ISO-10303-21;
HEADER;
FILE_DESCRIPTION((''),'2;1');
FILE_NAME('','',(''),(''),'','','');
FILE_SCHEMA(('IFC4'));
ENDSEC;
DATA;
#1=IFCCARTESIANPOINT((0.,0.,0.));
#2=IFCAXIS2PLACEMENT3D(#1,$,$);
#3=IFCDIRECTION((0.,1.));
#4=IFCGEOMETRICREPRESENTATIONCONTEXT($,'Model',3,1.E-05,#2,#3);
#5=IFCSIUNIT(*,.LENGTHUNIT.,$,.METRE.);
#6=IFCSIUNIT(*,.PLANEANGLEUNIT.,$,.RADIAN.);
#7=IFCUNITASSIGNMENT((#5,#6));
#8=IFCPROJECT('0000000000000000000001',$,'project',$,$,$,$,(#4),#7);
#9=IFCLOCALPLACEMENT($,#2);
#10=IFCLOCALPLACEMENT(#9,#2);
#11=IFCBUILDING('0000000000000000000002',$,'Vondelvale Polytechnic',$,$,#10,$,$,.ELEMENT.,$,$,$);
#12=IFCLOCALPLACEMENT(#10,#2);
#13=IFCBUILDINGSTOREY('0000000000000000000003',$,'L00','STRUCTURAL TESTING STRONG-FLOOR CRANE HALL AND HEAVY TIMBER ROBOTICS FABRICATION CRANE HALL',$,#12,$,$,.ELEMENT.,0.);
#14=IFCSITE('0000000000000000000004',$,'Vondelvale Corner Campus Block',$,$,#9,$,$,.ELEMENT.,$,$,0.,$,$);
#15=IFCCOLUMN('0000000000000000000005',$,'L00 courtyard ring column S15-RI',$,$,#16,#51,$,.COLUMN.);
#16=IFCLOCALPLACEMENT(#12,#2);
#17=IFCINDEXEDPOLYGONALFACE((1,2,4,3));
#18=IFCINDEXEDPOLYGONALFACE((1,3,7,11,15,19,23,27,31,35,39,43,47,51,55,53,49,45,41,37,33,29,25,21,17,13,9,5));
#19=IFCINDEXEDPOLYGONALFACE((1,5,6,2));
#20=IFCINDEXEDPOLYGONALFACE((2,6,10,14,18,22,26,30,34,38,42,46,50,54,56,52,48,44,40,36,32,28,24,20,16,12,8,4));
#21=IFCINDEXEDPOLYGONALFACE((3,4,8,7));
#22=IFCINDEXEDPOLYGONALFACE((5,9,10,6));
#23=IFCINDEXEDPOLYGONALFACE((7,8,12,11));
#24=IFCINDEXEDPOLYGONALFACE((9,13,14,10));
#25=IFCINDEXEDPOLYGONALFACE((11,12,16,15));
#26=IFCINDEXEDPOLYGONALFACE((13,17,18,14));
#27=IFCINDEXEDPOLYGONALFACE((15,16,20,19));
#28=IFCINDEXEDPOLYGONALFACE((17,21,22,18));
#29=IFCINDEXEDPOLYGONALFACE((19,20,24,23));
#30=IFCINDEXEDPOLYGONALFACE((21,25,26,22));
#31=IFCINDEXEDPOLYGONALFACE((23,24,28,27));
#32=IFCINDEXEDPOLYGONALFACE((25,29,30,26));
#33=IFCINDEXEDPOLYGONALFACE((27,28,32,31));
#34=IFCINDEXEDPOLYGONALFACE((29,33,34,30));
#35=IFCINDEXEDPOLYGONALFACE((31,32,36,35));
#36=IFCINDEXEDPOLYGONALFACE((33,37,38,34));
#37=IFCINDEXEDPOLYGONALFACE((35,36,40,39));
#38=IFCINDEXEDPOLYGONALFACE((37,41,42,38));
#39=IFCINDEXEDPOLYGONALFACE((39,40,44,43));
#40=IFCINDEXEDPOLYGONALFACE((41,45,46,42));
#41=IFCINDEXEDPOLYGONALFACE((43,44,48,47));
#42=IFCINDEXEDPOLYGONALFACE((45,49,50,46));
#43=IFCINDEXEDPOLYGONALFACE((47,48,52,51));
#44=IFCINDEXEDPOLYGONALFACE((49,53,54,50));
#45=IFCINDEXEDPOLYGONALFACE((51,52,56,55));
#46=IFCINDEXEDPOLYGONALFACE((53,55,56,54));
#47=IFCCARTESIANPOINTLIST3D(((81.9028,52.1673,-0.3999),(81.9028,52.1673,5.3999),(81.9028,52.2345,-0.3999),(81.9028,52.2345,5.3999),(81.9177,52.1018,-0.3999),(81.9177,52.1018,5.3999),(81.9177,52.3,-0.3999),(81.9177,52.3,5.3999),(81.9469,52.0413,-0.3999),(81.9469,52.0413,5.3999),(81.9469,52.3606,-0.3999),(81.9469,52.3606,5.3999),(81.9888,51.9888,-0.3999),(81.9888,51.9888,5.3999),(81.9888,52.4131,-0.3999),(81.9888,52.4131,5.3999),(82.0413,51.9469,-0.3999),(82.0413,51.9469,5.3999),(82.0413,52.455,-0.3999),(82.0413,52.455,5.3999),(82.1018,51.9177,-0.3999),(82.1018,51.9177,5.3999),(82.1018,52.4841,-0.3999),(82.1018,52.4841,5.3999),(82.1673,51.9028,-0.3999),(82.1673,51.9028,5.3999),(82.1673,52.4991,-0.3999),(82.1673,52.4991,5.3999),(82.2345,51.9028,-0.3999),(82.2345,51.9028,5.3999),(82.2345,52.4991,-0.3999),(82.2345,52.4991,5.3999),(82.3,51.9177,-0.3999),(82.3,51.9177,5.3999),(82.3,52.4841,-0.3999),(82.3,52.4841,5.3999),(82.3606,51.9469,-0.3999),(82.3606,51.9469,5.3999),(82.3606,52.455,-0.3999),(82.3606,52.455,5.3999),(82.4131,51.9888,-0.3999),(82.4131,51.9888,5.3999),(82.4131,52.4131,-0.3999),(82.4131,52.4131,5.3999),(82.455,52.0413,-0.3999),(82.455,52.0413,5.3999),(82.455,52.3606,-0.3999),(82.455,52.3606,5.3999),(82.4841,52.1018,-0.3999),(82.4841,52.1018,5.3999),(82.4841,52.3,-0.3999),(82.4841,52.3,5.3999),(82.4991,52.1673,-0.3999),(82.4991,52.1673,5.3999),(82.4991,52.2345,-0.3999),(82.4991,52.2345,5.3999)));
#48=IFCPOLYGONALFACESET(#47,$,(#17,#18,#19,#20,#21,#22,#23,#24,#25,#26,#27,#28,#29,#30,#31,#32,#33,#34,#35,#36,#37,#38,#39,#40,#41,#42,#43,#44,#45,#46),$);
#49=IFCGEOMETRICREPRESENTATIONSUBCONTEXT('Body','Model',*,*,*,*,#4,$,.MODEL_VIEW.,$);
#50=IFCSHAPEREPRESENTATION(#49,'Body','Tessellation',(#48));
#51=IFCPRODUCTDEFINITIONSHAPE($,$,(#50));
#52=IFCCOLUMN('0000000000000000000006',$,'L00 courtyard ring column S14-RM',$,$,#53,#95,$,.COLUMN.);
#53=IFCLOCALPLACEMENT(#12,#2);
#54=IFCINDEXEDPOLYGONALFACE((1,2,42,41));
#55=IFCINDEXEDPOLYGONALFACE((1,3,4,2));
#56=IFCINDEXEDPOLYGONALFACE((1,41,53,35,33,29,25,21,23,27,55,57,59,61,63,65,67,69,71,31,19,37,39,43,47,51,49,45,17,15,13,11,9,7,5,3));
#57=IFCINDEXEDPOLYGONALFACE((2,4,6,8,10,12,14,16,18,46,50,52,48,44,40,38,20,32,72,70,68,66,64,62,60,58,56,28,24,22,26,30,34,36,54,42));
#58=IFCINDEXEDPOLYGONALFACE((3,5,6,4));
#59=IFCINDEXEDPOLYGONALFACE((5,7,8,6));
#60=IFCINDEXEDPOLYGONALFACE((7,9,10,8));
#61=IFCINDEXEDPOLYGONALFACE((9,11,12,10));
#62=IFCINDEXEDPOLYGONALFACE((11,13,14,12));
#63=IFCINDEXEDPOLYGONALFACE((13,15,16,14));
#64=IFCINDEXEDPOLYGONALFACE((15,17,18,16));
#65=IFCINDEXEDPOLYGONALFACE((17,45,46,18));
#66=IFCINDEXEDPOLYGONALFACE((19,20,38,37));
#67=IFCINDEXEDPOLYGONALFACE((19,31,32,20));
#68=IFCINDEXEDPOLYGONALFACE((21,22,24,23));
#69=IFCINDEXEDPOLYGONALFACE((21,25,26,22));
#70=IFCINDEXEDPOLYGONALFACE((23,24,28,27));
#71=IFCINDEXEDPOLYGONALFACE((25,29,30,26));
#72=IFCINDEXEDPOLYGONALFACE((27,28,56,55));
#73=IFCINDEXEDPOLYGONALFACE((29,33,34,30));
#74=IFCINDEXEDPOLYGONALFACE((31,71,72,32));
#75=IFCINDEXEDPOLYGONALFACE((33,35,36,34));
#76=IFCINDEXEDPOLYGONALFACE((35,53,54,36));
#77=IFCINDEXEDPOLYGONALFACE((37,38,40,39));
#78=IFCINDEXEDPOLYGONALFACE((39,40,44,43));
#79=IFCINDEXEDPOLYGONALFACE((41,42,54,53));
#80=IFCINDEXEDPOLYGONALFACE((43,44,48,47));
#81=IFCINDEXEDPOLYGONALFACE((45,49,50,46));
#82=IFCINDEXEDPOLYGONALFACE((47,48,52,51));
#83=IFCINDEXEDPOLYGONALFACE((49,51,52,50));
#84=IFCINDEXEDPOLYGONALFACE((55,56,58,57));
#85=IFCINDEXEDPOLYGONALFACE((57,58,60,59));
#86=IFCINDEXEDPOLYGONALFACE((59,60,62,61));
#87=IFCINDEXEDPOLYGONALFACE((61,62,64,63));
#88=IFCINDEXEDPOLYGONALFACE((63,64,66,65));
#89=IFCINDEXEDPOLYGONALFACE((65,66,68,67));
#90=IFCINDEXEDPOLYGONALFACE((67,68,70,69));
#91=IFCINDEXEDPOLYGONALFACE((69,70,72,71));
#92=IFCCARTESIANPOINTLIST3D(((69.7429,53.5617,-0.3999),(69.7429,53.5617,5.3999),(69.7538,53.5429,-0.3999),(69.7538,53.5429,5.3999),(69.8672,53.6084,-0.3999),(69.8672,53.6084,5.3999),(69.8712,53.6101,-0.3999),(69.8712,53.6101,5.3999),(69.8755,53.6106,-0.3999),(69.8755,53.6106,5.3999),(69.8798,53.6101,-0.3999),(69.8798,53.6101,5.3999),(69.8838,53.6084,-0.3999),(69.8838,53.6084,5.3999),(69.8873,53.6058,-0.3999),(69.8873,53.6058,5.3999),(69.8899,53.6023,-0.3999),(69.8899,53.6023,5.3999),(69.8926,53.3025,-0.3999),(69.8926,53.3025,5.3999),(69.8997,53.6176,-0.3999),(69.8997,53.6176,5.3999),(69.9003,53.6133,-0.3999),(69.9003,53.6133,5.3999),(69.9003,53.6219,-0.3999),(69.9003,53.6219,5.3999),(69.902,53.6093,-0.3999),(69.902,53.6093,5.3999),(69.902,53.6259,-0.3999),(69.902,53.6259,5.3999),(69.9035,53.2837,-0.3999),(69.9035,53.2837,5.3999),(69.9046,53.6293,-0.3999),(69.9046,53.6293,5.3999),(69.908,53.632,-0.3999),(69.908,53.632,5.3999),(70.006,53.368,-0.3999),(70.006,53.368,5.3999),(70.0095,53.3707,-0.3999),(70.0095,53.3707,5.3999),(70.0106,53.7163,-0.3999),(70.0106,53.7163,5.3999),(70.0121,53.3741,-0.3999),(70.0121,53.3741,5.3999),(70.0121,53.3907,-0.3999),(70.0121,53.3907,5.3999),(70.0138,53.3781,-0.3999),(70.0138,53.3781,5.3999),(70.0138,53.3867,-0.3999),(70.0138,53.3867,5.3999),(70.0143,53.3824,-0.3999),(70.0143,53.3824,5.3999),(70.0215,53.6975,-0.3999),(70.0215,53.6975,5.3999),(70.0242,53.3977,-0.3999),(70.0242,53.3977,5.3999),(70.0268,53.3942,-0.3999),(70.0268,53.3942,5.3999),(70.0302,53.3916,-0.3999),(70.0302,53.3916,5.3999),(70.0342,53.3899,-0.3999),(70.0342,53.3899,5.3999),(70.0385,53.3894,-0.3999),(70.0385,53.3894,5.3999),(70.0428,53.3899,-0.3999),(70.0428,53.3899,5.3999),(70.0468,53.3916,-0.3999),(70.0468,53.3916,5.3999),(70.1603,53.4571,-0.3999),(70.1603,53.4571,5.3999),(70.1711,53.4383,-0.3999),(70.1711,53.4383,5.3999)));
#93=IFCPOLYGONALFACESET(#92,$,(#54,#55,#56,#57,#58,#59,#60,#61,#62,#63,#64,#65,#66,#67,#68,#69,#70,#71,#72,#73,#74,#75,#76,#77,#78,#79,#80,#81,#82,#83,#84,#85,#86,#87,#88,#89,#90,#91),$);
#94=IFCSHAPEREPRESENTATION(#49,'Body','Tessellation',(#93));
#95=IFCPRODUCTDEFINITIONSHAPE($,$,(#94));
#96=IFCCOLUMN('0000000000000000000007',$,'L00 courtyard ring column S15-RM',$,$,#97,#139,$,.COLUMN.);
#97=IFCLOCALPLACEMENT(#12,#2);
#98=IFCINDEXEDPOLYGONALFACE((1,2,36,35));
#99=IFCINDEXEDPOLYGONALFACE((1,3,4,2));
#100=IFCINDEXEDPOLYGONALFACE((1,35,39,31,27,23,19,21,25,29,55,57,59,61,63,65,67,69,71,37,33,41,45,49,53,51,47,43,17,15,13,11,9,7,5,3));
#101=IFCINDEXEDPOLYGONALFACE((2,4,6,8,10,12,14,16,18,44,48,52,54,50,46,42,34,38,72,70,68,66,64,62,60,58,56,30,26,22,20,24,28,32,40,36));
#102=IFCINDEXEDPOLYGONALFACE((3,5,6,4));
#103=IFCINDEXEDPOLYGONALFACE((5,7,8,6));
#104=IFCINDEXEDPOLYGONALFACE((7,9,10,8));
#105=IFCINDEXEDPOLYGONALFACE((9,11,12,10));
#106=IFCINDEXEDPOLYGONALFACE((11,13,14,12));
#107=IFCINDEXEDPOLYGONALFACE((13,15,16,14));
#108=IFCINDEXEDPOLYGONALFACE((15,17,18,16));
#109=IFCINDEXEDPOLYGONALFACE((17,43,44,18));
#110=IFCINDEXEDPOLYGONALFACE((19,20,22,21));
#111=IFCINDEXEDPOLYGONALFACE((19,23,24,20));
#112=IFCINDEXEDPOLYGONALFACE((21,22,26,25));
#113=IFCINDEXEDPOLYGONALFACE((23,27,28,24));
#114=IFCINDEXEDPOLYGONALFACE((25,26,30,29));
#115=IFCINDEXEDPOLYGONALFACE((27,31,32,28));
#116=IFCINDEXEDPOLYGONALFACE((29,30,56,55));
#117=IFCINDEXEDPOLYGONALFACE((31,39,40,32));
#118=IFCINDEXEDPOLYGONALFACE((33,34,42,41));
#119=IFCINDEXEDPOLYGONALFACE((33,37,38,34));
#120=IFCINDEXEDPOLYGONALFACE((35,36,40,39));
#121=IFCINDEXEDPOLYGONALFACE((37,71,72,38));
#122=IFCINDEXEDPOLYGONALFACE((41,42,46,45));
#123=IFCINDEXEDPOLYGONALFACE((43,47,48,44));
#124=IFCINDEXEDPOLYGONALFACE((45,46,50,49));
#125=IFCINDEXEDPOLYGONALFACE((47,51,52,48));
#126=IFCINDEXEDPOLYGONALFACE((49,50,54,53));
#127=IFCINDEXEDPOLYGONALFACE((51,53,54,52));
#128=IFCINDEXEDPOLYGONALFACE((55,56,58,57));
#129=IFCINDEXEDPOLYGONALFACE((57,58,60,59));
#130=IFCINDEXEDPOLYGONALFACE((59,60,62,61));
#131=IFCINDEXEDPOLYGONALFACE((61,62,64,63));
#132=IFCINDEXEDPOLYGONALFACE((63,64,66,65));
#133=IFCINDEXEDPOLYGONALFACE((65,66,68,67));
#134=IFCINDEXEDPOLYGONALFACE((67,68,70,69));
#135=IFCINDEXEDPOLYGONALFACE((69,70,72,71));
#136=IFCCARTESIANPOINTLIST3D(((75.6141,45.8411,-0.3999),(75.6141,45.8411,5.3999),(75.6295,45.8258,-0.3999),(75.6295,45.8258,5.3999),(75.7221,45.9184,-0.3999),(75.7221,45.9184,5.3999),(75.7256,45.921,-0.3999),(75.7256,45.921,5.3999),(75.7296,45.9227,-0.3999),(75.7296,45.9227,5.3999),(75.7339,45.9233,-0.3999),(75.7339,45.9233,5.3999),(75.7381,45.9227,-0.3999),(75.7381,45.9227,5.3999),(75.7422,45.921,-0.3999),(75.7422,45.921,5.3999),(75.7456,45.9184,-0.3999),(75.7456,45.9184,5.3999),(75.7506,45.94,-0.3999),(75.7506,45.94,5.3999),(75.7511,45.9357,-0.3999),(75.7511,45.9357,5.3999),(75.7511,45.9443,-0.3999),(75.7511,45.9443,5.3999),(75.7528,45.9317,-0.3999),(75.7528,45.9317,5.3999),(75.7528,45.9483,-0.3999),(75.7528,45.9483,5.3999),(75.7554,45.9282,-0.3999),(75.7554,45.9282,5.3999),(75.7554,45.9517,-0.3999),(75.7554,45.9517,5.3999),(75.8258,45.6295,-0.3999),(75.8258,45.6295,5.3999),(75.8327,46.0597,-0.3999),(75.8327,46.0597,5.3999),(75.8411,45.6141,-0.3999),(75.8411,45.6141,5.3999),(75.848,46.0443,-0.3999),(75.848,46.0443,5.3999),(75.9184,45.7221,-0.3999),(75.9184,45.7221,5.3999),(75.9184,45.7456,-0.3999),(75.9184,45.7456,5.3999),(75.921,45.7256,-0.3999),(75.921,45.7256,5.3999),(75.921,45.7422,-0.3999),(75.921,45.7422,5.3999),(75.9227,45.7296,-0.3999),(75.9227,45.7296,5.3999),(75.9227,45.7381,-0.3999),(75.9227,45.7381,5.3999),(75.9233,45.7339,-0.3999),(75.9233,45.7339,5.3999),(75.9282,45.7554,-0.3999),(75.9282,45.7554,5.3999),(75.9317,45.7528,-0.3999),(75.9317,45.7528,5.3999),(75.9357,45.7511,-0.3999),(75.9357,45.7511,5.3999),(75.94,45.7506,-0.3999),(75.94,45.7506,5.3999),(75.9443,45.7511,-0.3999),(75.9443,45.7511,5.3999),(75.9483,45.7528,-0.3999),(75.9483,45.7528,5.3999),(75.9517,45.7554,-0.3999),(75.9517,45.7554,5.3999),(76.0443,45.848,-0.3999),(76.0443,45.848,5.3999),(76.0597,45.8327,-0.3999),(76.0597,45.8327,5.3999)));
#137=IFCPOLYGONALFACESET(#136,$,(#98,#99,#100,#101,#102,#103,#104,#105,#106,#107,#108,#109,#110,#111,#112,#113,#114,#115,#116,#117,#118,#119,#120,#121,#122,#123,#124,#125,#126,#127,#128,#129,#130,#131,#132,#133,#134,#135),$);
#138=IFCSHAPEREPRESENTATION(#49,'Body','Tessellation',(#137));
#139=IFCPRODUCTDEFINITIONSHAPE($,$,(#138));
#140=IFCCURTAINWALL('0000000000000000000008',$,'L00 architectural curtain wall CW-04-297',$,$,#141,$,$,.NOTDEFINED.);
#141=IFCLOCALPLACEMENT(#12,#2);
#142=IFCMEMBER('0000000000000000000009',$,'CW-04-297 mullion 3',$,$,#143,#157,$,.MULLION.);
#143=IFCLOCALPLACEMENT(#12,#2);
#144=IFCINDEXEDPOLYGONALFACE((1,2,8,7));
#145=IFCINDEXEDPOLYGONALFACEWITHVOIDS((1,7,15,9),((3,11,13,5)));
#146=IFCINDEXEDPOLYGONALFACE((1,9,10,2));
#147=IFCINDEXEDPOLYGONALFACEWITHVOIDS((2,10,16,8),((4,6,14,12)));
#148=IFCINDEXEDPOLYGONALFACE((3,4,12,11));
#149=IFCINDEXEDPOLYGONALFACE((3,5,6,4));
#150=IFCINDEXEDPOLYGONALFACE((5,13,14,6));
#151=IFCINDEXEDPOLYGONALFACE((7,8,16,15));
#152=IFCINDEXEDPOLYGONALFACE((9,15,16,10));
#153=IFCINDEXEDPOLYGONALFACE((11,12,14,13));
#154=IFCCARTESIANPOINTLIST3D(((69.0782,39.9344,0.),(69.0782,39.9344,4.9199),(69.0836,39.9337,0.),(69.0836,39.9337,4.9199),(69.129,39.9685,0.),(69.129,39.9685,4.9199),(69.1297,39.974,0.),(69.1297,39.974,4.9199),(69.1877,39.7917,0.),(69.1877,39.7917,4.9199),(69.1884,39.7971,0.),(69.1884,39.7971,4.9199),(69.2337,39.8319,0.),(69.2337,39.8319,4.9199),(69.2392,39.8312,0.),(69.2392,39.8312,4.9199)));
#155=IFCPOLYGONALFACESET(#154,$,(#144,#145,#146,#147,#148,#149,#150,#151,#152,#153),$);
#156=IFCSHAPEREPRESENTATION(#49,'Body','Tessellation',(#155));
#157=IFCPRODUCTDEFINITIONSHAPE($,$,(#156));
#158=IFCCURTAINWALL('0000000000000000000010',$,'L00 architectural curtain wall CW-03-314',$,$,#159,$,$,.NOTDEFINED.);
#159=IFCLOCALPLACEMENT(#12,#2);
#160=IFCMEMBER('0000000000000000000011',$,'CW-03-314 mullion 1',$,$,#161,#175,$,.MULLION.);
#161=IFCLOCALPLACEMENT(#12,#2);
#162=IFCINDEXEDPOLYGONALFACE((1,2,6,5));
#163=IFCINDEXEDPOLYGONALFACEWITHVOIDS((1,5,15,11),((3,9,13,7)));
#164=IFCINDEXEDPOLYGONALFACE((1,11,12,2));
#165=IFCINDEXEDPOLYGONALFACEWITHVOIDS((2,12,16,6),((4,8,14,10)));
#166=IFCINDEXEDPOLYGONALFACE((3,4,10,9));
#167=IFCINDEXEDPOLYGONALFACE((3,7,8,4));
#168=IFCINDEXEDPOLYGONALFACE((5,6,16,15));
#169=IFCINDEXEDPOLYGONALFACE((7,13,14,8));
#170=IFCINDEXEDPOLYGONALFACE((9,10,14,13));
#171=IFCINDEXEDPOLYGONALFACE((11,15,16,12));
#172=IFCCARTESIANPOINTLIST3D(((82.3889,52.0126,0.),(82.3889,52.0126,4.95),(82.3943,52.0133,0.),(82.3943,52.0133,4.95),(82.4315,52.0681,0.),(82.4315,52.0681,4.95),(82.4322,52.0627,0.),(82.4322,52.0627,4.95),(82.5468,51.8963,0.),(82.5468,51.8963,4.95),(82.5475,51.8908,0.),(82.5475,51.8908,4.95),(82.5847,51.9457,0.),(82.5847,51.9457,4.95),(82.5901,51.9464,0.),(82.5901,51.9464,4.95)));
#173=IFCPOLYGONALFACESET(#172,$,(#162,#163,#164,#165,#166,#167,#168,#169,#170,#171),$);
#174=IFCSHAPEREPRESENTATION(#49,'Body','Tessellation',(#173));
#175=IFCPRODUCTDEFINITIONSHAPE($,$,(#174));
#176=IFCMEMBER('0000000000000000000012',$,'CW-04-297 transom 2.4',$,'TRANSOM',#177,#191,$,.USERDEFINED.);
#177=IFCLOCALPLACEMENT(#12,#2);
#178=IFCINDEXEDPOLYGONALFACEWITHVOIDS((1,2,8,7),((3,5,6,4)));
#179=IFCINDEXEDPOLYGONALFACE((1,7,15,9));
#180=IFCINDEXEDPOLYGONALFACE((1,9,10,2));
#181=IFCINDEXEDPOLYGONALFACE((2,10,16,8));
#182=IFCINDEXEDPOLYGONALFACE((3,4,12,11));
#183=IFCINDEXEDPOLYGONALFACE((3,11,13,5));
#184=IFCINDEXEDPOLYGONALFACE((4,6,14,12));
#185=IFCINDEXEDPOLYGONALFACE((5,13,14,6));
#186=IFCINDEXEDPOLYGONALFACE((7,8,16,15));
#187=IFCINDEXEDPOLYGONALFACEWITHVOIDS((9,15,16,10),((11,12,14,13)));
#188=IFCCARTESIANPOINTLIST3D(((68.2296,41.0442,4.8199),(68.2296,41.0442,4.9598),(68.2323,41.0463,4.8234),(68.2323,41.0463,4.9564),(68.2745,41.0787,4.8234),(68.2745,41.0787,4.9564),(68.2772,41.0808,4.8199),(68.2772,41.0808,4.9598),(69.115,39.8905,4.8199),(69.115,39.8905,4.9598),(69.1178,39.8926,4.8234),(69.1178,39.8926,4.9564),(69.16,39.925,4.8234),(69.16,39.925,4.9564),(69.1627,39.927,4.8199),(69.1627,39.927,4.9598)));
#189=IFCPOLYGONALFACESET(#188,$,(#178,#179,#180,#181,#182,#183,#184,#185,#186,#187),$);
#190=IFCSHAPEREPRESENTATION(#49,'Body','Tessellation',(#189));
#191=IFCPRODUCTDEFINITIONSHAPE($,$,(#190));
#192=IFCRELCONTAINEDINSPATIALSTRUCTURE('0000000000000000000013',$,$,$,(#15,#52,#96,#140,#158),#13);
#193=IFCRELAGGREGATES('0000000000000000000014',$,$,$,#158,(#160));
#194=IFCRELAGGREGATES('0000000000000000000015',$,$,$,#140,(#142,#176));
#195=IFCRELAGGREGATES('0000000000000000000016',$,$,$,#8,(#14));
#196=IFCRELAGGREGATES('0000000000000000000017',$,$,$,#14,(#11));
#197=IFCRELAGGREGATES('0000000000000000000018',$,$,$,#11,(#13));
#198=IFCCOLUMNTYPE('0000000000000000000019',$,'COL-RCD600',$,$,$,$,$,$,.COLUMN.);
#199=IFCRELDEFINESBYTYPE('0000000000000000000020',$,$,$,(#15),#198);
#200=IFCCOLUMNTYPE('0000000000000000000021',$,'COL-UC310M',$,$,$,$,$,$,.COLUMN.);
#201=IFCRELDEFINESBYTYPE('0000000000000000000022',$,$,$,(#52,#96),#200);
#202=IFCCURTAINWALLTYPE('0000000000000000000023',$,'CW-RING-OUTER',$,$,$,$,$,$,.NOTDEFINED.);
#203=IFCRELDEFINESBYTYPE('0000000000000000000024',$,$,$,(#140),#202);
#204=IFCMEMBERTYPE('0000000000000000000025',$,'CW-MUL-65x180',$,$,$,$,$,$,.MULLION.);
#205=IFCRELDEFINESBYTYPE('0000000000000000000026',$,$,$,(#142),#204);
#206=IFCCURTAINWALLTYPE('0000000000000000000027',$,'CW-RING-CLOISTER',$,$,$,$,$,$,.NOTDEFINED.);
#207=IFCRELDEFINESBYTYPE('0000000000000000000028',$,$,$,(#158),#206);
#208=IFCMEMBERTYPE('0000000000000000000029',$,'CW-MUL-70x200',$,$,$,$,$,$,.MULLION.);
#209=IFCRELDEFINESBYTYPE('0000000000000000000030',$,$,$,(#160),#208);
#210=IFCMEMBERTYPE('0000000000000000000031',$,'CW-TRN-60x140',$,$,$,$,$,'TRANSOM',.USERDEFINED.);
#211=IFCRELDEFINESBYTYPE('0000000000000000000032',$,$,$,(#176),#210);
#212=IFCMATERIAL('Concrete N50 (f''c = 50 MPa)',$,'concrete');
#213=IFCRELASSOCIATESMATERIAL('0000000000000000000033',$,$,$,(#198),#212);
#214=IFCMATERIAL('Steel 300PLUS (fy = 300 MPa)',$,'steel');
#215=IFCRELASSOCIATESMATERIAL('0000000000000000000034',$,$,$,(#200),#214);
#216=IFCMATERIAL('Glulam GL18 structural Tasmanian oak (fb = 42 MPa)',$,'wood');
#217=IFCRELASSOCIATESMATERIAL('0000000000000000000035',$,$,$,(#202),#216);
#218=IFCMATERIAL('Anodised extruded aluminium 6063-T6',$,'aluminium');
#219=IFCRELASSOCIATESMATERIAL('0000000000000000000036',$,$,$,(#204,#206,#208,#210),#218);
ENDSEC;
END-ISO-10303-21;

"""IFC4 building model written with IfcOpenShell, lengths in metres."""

from ifc_helpers import new_model, si_unit, direction, frame, origin, origin_2d, place, context, subcontext, project, spatial, hollow_rectangle, circle, i_section, extrude, material, material_profile, profile_set, type_object, element, aggregate, save


model = new_model("IFC4")

# Units and contexts
model_context = context("Model", 3, precision=1e-05, world=origin(), true_north=direction((0.0, 1.0)))
body_context = subcontext(model_context, "Body", "Model", "MODEL_VIEW")
ifc_project = project(units=[si_unit("LENGTHUNIT", "METRE"), si_unit("PLANEANGLEUNIT", "RADIAN")], contexts=[model_context])

# Site, building, storey
site_placement = place(None, origin())
site = spatial("IfcSite", under=ifc_project, at=site_placement, Name="Vondelvale Corner Campus Block", CompositionType="ELEMENT", RefElevation=0.0)
building_placement = place(site_placement, origin())
building = spatial("IfcBuilding", under=site, at=building_placement, Name="Vondelvale Polytechnic", CompositionType="ELEMENT")
storey_placement = place(building_placement, origin())
storey = spatial("IfcBuildingStorey", under=building, at=storey_placement, Name="L00", Description="STRUCTURAL TESTING STRONG-FLOOR CRANE HALL AND HEAVY TIMBER ROBOTICS FABRICATION CRANE HALL", CompositionType="ELEMENT", Elevation=0.0)

# Columns
ifc_material_1 = material(Name="Concrete N50 (f'c = 50 MPa)", Category="concrete")
ifc_material_profile_1 = material_profile(ifc_material_1, circle(Radius=0.3, at=origin_2d()), Name="RC-COL-D600")
ifc_profile_set_1 = profile_set([ifc_material_profile_1], Name="Concrete N50 (f'c = 50 MPa)")
column_type_1 = type_object("IfcColumnType", Name="COL-RCD600", PredefinedType="COLUMN", material=ifc_profile_set_1)
column_1_placement = place(storey_placement, frame((82.2009, 52.2009, -0.3999), z_axis=(0.0, 0.0, 1.0), x_axis=(0.707107, 0.707107, 0.0)))
element("IfcColumn", 1, at=column_1_placement, inside=storey, type_object=column_type_1, Name="L00 courtyard ring column S15-RI", PredefinedType="COLUMN", context=body_context, shape_type="SweptSolid", body=[
    extrude(circle(Radius=0.3, at=origin_2d()), origin(), (0.0, 0.0, 1.0), 5.7998),
])
ifc_material_2 = material(Name="Steel 300PLUS (fy = 300 MPa)", Category="steel")
ifc_material_profile_2 = material_profile(ifc_material_2, i_section(OverallWidth=0.3091, OverallDepth=0.321, WebThickness=0.0139, FlangeThickness=0.0217, FilletRadius=0.0166, at=origin_2d()), Name="310UC137")
ifc_profile_set_2 = profile_set([ifc_material_profile_2], Name="Steel 300PLUS (fy = 300 MPa)")
column_type_2 = type_object("IfcColumnType", Name="COL-UC310M", PredefinedType="COLUMN", material=ifc_profile_set_2)
for number, where, z_axis, x_axis, name in (
    (2, (69.957, 53.5, -0.3999), (0.0, 0.0, 1.0), (0.866025, 0.5, 0.0), "L00 courtyard ring column S14-RM"),
    (3, (75.8369, 45.8369, -0.3999), (0.0, 0.0, 1.0), (0.707107, 0.707107, 0.0), "L00 courtyard ring column S15-RM"),
):
    element("IfcColumn", number, at=place(storey_placement, frame(where, z_axis=z_axis, x_axis=x_axis)), inside=storey, type_object=column_type_2, Name=name, PredefinedType="COLUMN", context=body_context, shape_type="SweptSolid", body=[
        extrude(i_section(OverallWidth=0.3091, OverallDepth=0.321, WebThickness=0.0139, FlangeThickness=0.0217, FilletRadius=0.0166, at=origin_2d()), origin(), (0.0, 0.0, 1.0), 5.7998),
    ])

# Curtain walls, members
ifc_material_3 = material(Name="Glulam GL18 structural Tasmanian oak (fb = 42 MPa)", Category="wood")
curtain_wall_type_1 = type_object("IfcCurtainWallType", Name="CW-RING-OUTER", PredefinedType="NOTDEFINED", material=ifc_material_3)
curtain_wall_1_placement = place(storey_placement, origin())
curtain_wall_1 = element("IfcCurtainWall", 4, at=curtain_wall_1_placement, inside=storey, type_object=curtain_wall_type_1, Name="L00 architectural curtain wall CW-04-297", PredefinedType="NOTDEFINED")
ifc_material_4 = material(Name="Anodised extruded aluminium 6063-T6", Category="aluminium")
ifc_material_profile_3 = material_profile(ifc_material_4, hollow_rectangle(XDim=0.0649, YDim=0.1799, WallThickness=0.0039, at=origin_2d()), Name="CW-MUL-180x65")
ifc_profile_set_3 = profile_set([ifc_material_profile_3], Name="Anodised extruded aluminium 6063-T6")
member_type_1 = type_object("IfcMemberType", Name="CW-MUL-65x180", PredefinedType="MULLION", material=ifc_profile_set_3)
member_1_placement = place(storey_placement, frame((69.1587, 39.8828, 0.0), z_axis=(0.0, 0.0, 1.0), x_axis=(0.793352, 0.608764, 0.0)))
member_1 = element("IfcMember", 5, at=member_1_placement, type_object=member_type_1, Name="CW-04-297 mullion 3", PredefinedType="MULLION", context=body_context, shape_type="SweptSolid", body=[
    extrude(hollow_rectangle(XDim=0.0649, YDim=0.1799, WallThickness=0.0039, at=origin_2d()), origin(), (0.0, 0.0, 1.0), 4.9199),
])
curtain_wall_type_2 = type_object("IfcCurtainWallType", Name="CW-RING-CLOISTER", PredefinedType="NOTDEFINED", material=ifc_material_4)
curtain_wall_2_placement = place(storey_placement, origin())
curtain_wall_2 = element("IfcCurtainWall", 6, at=curtain_wall_2_placement, inside=storey, type_object=curtain_wall_type_2, Name="L00 architectural curtain wall CW-03-314", PredefinedType="NOTDEFINED")
ifc_material_profile_4 = material_profile(ifc_material_4, hollow_rectangle(XDim=0.0701, YDim=0.2, WallThickness=0.0039, at=origin_2d()), Name="CW-MUL-200x70")
ifc_profile_set_4 = profile_set([ifc_material_profile_4], Name="Anodised extruded aluminium 6063-T6")
member_type_2 = type_object("IfcMemberType", Name="CW-MUL-70x200", PredefinedType="MULLION", material=ifc_profile_set_4)
member_2_placement = place(storey_placement, frame((82.4895, 51.9795, 0.0), z_axis=(0.0, 0.0, 1.0), x_axis=(0.608748, 0.793364, 0.0)))
member_2 = element("IfcMember", 7, at=member_2_placement, type_object=member_type_2, Name="CW-03-314 mullion 1", PredefinedType="MULLION", context=body_context, shape_type="SweptSolid", body=[
    extrude(hollow_rectangle(XDim=0.0701, YDim=0.2, WallThickness=0.0039, at=origin_2d()), origin(), (0.0, 0.0, 1.0), 4.95),
])

# Member
ifc_material_profile_5 = material_profile(ifc_material_4, hollow_rectangle(XDim=0.0601, YDim=0.1399, WallThickness=0.0034, at=origin_2d()), Name="CW-TRN-140x60")
ifc_profile_set_5 = profile_set([ifc_material_profile_5], Name="Anodised extruded aluminium 6063-T6")
member_type_3 = type_object("IfcMemberType", Name="CW-TRN-60x140", ElementType="TRANSOM", PredefinedType="USERDEFINED", material=ifc_profile_set_5)
member_3_placement = place(storey_placement, frame((68.2534, 41.0625, 4.8899), z_axis=(0.608826, -0.793304, 0.0), x_axis=(0.793304, 0.608826, 0.0)))
member_3 = element("IfcMember", 8, at=member_3_placement, type_object=member_type_3, Name="CW-04-297 transom 2.4", ObjectType="TRANSOM", PredefinedType="USERDEFINED", context=body_context, shape_type="SweptSolid", body=[
    extrude(hollow_rectangle(XDim=0.0601, YDim=0.1399, WallThickness=0.0034, at=origin_2d()), origin(), (0.0, 0.0, 1.0), 1.4543),
])
aggregate(curtain_wall_2, [member_2])

aggregate(curtain_wall_1, [member_1, member_3])

save(model, "model.ifc")
